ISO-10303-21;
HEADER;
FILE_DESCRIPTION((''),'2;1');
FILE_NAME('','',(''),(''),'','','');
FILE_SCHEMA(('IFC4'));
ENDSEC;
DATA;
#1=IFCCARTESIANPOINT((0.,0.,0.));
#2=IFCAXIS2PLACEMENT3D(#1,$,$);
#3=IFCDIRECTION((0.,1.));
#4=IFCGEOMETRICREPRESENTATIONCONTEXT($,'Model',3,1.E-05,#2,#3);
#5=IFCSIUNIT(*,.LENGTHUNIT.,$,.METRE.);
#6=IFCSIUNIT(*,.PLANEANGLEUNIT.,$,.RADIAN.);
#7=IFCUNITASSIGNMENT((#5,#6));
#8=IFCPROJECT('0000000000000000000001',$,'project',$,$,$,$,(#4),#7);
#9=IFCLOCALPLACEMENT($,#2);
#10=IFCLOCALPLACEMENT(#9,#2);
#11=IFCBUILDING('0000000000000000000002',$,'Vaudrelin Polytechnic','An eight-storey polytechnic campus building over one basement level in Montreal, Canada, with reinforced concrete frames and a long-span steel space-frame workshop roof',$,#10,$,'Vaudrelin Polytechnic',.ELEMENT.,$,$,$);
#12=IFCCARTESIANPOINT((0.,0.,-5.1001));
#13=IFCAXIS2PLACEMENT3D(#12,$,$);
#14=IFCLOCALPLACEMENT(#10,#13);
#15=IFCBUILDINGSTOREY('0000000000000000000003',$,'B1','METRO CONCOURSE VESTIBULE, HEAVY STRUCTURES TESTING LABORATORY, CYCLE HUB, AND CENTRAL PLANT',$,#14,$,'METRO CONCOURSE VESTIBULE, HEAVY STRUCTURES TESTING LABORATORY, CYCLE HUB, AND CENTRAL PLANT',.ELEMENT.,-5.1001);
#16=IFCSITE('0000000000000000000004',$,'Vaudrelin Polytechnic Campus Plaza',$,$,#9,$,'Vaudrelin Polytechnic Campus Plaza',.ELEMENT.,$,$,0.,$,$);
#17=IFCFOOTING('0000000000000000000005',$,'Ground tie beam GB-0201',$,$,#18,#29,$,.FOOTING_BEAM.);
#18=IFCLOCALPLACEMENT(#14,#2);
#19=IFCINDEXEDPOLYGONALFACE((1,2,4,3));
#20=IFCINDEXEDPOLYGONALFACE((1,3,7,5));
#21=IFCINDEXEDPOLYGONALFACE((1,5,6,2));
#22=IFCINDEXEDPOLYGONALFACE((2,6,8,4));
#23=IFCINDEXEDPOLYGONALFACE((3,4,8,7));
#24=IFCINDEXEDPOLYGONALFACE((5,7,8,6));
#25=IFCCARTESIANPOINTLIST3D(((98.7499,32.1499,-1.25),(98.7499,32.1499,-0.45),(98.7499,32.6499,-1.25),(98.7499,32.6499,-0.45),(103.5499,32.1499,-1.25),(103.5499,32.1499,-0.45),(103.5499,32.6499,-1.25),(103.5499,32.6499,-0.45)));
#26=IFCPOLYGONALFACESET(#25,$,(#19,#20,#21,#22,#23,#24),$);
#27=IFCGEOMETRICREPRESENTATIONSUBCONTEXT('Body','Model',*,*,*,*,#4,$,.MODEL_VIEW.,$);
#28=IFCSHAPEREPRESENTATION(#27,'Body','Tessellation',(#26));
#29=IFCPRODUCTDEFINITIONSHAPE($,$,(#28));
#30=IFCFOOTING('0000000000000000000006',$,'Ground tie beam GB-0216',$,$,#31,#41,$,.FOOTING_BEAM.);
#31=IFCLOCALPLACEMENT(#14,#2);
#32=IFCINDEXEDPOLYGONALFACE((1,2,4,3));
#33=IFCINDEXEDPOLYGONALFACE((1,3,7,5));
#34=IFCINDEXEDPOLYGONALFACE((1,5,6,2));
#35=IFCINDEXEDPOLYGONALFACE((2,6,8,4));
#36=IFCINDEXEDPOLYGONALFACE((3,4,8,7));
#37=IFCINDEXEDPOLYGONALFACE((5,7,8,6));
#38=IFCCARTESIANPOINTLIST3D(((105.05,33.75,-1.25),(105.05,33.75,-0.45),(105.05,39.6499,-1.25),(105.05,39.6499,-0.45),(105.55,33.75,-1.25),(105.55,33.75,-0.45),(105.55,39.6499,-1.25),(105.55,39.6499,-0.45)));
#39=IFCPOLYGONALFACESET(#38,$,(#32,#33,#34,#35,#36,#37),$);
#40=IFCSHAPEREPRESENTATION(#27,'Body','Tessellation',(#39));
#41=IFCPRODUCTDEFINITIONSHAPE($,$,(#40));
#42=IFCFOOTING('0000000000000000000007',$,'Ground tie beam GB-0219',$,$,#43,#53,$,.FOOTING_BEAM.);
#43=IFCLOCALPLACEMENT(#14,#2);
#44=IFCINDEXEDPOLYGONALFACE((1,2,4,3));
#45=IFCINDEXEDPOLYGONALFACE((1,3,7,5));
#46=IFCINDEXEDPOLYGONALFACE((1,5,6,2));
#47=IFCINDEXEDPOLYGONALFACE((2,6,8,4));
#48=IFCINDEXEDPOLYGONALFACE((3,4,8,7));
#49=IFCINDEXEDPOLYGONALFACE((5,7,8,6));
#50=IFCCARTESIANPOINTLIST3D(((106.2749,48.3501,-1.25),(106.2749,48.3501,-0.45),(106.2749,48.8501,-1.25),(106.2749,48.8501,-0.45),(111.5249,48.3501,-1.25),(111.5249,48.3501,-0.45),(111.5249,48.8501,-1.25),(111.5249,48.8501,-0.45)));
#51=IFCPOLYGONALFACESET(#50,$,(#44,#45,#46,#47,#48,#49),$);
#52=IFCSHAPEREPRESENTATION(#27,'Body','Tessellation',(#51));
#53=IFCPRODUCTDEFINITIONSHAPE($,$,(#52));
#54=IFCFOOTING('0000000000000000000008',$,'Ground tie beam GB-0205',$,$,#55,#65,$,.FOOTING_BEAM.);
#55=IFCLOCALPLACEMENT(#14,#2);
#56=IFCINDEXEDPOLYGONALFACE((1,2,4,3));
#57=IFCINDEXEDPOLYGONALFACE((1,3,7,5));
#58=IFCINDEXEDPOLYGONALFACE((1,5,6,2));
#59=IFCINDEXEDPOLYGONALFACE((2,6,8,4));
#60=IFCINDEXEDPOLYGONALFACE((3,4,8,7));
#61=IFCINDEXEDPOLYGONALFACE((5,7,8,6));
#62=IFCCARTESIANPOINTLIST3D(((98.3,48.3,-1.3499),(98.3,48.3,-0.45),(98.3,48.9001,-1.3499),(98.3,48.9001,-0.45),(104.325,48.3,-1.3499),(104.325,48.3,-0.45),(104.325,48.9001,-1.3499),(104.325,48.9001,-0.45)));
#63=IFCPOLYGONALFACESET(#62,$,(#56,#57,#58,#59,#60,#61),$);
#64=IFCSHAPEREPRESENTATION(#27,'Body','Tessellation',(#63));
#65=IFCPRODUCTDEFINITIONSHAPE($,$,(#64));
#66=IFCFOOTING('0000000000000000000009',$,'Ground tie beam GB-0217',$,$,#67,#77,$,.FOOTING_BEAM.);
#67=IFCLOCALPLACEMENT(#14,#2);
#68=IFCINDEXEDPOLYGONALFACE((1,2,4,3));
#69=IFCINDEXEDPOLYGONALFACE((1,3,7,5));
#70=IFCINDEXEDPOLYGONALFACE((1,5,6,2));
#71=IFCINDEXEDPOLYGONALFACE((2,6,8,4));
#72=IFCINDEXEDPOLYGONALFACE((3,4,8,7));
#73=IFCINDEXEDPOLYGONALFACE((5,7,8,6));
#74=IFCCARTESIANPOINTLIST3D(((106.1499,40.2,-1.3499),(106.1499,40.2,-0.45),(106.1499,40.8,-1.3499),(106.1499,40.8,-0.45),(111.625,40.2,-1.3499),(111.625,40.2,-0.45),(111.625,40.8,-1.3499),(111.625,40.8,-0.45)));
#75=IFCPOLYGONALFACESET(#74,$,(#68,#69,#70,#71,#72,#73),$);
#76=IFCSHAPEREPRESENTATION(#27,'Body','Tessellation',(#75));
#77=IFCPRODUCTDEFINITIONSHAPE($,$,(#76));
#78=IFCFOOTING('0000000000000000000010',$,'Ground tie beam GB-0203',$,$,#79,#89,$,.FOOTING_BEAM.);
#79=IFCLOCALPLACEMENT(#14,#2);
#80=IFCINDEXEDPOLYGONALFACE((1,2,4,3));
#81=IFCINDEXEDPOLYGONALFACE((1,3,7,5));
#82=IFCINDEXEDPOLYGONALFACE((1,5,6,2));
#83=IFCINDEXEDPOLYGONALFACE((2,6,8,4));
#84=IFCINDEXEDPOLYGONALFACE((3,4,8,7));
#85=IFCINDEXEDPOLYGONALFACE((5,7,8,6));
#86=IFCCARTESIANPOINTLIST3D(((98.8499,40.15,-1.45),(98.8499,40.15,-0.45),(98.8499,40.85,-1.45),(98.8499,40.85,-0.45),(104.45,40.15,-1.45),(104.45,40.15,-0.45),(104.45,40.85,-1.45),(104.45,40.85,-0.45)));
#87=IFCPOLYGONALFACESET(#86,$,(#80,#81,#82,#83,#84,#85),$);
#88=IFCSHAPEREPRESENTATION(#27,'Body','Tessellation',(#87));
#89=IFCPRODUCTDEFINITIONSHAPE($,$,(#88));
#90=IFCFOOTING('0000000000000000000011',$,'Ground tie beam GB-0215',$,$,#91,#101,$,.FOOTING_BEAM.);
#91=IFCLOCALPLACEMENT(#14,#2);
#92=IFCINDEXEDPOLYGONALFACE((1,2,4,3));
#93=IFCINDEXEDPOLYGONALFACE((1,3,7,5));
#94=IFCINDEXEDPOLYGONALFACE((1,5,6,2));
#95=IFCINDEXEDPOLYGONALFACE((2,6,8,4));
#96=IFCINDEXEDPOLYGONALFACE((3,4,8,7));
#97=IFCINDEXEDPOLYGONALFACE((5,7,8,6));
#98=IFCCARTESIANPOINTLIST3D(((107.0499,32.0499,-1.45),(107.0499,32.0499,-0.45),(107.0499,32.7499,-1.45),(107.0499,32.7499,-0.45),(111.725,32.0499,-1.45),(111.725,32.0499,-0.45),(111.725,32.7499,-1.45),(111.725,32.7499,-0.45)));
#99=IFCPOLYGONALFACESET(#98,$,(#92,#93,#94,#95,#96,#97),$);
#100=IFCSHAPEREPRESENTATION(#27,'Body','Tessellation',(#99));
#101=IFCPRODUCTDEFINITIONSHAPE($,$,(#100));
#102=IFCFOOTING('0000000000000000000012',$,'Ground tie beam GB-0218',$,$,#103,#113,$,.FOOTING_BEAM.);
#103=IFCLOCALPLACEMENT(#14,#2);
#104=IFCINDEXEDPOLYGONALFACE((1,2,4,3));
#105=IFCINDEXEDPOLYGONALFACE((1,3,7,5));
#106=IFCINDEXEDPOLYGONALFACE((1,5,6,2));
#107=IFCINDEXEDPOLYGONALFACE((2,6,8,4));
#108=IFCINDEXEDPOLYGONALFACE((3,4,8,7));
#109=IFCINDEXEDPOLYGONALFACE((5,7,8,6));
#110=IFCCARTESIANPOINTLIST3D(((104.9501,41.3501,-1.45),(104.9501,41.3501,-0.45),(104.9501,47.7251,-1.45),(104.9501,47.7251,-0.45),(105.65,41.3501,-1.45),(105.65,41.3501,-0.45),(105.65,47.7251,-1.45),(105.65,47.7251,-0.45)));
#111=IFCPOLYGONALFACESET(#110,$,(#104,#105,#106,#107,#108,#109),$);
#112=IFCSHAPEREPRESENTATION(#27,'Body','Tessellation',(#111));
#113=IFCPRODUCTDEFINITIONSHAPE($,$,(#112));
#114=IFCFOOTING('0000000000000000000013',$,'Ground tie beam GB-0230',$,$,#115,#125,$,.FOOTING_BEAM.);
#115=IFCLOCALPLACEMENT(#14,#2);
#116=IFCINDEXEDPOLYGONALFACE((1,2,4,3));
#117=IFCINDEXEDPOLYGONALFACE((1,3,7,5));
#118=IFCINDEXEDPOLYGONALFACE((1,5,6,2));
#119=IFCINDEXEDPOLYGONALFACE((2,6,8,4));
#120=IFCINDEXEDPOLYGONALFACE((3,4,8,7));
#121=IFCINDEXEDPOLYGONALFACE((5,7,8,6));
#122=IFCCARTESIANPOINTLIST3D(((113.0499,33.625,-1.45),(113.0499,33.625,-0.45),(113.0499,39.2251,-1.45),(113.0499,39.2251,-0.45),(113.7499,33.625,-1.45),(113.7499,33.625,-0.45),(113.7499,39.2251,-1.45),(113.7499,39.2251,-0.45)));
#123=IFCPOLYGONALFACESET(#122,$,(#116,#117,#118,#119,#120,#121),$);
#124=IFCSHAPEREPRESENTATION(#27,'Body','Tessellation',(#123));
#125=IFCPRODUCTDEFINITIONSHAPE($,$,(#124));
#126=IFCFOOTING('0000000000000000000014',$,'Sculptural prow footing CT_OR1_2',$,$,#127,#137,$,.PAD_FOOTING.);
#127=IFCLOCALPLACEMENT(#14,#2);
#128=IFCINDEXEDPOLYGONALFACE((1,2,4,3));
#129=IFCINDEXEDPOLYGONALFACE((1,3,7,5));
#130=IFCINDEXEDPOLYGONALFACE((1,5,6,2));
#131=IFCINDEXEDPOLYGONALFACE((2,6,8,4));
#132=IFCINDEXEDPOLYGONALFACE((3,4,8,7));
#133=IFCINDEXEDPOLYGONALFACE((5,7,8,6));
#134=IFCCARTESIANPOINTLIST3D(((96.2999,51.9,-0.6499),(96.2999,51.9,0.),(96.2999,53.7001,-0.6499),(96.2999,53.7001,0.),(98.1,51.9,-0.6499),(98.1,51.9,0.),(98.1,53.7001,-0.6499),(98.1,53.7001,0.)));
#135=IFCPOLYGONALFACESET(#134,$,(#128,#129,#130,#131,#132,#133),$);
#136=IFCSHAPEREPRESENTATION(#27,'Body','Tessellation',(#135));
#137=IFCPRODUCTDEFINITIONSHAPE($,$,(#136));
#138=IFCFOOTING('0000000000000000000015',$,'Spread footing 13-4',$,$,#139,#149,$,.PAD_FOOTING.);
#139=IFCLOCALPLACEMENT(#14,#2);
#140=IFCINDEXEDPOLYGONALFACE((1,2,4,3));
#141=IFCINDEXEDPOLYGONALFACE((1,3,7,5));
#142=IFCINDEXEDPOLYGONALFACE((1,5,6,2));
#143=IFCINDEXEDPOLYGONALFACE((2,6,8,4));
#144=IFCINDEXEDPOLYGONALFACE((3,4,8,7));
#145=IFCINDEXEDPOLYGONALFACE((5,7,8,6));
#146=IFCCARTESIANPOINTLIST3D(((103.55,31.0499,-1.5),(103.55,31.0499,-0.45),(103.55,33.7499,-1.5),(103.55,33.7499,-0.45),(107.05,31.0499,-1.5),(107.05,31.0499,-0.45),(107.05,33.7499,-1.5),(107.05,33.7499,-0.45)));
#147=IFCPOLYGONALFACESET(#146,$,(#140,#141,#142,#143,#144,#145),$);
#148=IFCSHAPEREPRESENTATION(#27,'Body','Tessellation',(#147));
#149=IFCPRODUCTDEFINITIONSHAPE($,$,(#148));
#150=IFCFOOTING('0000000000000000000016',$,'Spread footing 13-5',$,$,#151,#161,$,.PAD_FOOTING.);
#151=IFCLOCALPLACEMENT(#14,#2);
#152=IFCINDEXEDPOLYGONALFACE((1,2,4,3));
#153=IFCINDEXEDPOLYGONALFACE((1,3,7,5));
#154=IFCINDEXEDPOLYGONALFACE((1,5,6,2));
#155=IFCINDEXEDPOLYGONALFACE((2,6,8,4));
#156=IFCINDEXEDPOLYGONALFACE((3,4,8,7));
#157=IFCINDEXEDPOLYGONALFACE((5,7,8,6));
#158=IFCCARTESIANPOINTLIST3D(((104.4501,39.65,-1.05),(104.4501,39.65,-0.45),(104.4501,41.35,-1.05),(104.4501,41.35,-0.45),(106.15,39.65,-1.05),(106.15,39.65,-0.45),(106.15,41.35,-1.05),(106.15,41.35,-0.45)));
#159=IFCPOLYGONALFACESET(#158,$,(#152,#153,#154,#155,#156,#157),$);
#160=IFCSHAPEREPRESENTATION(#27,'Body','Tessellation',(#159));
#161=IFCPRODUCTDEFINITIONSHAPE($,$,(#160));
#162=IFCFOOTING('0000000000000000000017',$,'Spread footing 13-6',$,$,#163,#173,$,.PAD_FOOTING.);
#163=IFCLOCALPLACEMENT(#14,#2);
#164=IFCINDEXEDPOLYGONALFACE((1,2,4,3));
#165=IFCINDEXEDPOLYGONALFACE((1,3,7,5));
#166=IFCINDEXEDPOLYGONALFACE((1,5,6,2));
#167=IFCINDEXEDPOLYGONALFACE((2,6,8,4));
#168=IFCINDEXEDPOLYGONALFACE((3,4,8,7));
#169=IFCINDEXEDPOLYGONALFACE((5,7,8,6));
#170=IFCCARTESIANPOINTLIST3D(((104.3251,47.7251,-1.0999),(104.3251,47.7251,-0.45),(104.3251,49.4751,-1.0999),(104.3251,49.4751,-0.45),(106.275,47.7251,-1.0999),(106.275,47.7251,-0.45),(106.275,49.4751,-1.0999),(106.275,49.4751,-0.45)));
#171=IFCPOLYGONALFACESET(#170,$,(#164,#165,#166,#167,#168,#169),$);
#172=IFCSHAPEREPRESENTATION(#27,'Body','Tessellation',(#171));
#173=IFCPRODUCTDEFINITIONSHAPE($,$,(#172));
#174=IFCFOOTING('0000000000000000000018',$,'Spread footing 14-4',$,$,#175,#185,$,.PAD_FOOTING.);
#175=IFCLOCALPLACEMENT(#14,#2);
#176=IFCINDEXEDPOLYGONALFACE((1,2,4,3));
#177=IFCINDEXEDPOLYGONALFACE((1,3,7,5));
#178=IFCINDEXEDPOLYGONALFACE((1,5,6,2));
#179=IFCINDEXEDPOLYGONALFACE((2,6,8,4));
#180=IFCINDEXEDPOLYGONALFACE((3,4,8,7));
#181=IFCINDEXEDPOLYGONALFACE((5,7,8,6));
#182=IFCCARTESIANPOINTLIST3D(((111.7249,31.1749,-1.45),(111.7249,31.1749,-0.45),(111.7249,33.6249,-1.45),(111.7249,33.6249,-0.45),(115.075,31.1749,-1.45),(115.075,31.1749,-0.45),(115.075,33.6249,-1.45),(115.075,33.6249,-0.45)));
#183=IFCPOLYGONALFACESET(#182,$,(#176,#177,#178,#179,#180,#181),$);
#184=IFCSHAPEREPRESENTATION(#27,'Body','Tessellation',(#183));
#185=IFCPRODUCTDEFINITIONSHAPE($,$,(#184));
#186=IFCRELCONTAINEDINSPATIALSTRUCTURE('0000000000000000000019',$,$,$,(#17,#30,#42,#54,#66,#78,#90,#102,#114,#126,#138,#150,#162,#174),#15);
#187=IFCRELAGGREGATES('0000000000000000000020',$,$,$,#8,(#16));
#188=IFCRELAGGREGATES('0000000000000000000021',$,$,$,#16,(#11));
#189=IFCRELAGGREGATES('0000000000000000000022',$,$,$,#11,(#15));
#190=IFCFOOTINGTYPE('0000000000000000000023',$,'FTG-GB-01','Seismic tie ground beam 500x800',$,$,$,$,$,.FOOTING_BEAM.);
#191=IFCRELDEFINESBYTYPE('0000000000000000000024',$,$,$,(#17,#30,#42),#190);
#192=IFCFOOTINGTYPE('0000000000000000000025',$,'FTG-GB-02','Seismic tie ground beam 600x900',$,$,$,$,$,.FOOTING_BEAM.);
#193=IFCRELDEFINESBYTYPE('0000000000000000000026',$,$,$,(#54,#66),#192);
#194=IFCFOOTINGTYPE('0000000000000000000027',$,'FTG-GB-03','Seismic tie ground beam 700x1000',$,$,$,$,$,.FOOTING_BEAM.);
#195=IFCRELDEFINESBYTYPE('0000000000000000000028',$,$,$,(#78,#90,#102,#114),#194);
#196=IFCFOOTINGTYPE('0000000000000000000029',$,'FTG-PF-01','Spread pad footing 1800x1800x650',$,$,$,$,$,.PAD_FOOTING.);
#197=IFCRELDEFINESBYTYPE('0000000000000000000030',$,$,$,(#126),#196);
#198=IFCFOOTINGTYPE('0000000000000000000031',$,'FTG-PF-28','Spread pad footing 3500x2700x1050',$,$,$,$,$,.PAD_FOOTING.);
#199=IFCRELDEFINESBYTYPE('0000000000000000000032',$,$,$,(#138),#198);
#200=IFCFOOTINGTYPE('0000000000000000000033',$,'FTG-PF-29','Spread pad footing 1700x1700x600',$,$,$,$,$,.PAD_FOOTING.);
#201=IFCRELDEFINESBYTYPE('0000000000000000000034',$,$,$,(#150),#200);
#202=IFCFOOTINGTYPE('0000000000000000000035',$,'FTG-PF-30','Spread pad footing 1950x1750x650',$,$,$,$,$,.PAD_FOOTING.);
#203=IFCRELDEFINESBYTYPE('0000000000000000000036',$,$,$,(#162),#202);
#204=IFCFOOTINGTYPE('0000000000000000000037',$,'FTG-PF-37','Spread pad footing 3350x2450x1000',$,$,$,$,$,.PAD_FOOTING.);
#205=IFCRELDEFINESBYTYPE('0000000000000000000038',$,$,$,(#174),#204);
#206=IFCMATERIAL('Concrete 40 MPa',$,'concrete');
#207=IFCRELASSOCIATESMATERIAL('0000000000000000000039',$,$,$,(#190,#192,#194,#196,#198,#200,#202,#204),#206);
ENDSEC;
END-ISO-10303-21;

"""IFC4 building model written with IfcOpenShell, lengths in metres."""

from ifc_helpers import new_model, si_unit, direction, frame, origin, origin_2d, place, context, subcontext, project, spatial, rectangle, extrude, material, type_object, element, save


model = new_model("IFC4")

# Units and contexts
model_context = context("Model", 3, precision=1e-05, world=origin(), true_north=direction((0.0, 1.0)))
body_context = subcontext(model_context, "Body", "Model", "MODEL_VIEW")
ifc_project = project(units=[si_unit("LENGTHUNIT", "METRE"), si_unit("PLANEANGLEUNIT", "RADIAN")], contexts=[model_context])

# Site, building, storey
site_placement = place(None, origin())
site = spatial("IfcSite", under=ifc_project, at=site_placement, Name="Vaudrelin Polytechnic Campus Plaza", LongName="Vaudrelin Polytechnic Campus Plaza", CompositionType="ELEMENT", RefElevation=0.0)
building_placement = place(site_placement, origin())
building = spatial("IfcBuilding", under=site, at=building_placement, Name="Vaudrelin Polytechnic", Description="An eight-storey polytechnic campus building over one basement level in Montreal, Canada, with reinforced concrete frames and a long-span steel space-frame workshop roof", LongName="Vaudrelin Polytechnic", CompositionType="ELEMENT")
storey_placement = place(building_placement, frame((0.0, 0.0, -5.1001)))
storey = spatial("IfcBuildingStorey", under=building, at=storey_placement, Name="B1", Description="METRO CONCOURSE VESTIBULE, HEAVY STRUCTURES TESTING LABORATORY, CYCLE HUB, AND CENTRAL PLANT", LongName="METRO CONCOURSE VESTIBULE, HEAVY STRUCTURES TESTING LABORATORY, CYCLE HUB, AND CENTRAL PLANT", CompositionType="ELEMENT", Elevation=-5.1001)

# Footings
ifc_material_1 = material(Name="Concrete 40 MPa", Category="concrete")
footing_type_1 = type_object("IfcFootingType", Name="FTG-GB-01", Description="Seismic tie ground beam 500x800", PredefinedType="FOOTING_BEAM", material=ifc_material_1)
footing_1_placement = place(storey_placement, frame((101.1499, 32.3999, -1.25), z_axis=(0.0, 0.0, 1.0), x_axis=(1.0, 0.0, 0.0)))
element("IfcFooting", 1, at=footing_1_placement, inside=storey, type_object=footing_type_1, Name="Ground tie beam GB-0201", PredefinedType="FOOTING_BEAM", context=body_context, shape_type="SweptSolid", body=[
    extrude(rectangle(XDim=4.8, YDim=0.5, at=origin_2d()), origin(), (0.0, 0.0, 1.0), 0.8),
])
footing_2_placement = place(storey_placement, frame((105.3, 36.7, -1.25), z_axis=(0.0, 0.0, 1.0), x_axis=(1.0, 0.0, 0.0)))
element("IfcFooting", 2, at=footing_2_placement, inside=storey, type_object=footing_type_1, Name="Ground tie beam GB-0216", PredefinedType="FOOTING_BEAM", context=body_context, shape_type="SweptSolid", body=[
    extrude(rectangle(XDim=0.5, YDim=5.8999, at=origin_2d()), origin(), (0.0, 0.0, 1.0), 0.8),
])
footing_3_placement = place(storey_placement, frame((108.8999, 48.6001, -1.25), z_axis=(0.0, 0.0, 1.0), x_axis=(1.0, 0.0, 0.0)))
element("IfcFooting", 3, at=footing_3_placement, inside=storey, type_object=footing_type_1, Name="Ground tie beam GB-0219", PredefinedType="FOOTING_BEAM", context=body_context, shape_type="SweptSolid", body=[
    extrude(rectangle(XDim=5.25, YDim=0.5, at=origin_2d()), origin(), (0.0, 0.0, 1.0), 0.8),
])
footing_type_2 = type_object("IfcFootingType", Name="FTG-GB-02", Description="Seismic tie ground beam 600x900", PredefinedType="FOOTING_BEAM", material=ifc_material_1)
footing_4_placement = place(storey_placement, frame((101.3125, 48.6001, -1.3499), z_axis=(0.0, 0.0, 1.0), x_axis=(1.0, 0.0, 0.0)))
element("IfcFooting", 4, at=footing_4_placement, inside=storey, type_object=footing_type_2, Name="Ground tie beam GB-0205", PredefinedType="FOOTING_BEAM", context=body_context, shape_type="SweptSolid", body=[
    extrude(rectangle(XDim=6.0249, YDim=0.6001, at=origin_2d()), origin(), (0.0, 0.0, 1.0), 0.8999),
])
footing_5_placement = place(storey_placement, frame((108.8875, 40.5, -1.3499), z_axis=(0.0, 0.0, 1.0), x_axis=(1.0, 0.0, 0.0)))
element("IfcFooting", 5, at=footing_5_placement, inside=storey, type_object=footing_type_2, Name="Ground tie beam GB-0217", PredefinedType="FOOTING_BEAM", context=body_context, shape_type="SweptSolid", body=[
    extrude(rectangle(XDim=5.4751, YDim=0.6001, at=origin_2d()), origin(), (0.0, 0.0, 1.0), 0.8999),
])
footing_type_3 = type_object("IfcFootingType", Name="FTG-GB-03", Description="Seismic tie ground beam 700x1000", PredefinedType="FOOTING_BEAM", material=ifc_material_1)
footing_6_placement = place(storey_placement, frame((101.6499, 40.5, -1.45), z_axis=(0.0, 0.0, 1.0), x_axis=(1.0, 0.0, 0.0)))
element("IfcFooting", 6, at=footing_6_placement, inside=storey, type_object=footing_type_3, Name="Ground tie beam GB-0203", PredefinedType="FOOTING_BEAM", context=body_context, shape_type="SweptSolid", body=[
    extrude(rectangle(XDim=5.6001, YDim=0.7, at=origin_2d()), origin(), (0.0, 0.0, 1.0), 1.0),
])
footing_7_placement = place(storey_placement, frame((109.3875, 32.3999, -1.45), z_axis=(0.0, 0.0, 1.0), x_axis=(1.0, 0.0, 0.0)))
element("IfcFooting", 7, at=footing_7_placement, inside=storey, type_object=footing_type_3, Name="Ground tie beam GB-0215", PredefinedType="FOOTING_BEAM", context=body_context, shape_type="SweptSolid", body=[
    extrude(rectangle(XDim=4.675, YDim=0.7, at=origin_2d()), origin(), (0.0, 0.0, 1.0), 1.0),
])
footing_8_placement = place(storey_placement, frame((105.3, 44.5376, -1.45), z_axis=(0.0, 0.0, 1.0), x_axis=(1.0, 0.0, 0.0)))
element("IfcFooting", 8, at=footing_8_placement, inside=storey, type_object=footing_type_3, Name="Ground tie beam GB-0218", PredefinedType="FOOTING_BEAM", context=body_context, shape_type="SweptSolid", body=[
    extrude(rectangle(XDim=0.7, YDim=6.375, at=origin_2d()), origin(), (0.0, 0.0, 1.0), 1.0),
])
footing_9_placement = place(storey_placement, frame((113.3999, 36.425, -1.45), z_axis=(0.0, 0.0, 1.0), x_axis=(1.0, 0.0, 0.0)))
element("IfcFooting", 9, at=footing_9_placement, inside=storey, type_object=footing_type_3, Name="Ground tie beam GB-0230", PredefinedType="FOOTING_BEAM", context=body_context, shape_type="SweptSolid", body=[
    extrude(rectangle(XDim=0.7, YDim=5.6001, at=origin_2d()), origin(), (0.0, 0.0, 1.0), 1.0),
])
footing_type_4 = type_object("IfcFootingType", Name="FTG-PF-01", Description="Spread pad footing 1800x1800x650", PredefinedType="PAD_FOOTING", material=ifc_material_1)
footing_10_placement = place(storey_placement, frame((97.2, 52.8, -0.6499), z_axis=(0.0, 0.0, 1.0), x_axis=(1.0, 0.0, 0.0)))
element("IfcFooting", 10, at=footing_10_placement, inside=storey, type_object=footing_type_4, Name="Sculptural prow footing CT_OR1_2", PredefinedType="PAD_FOOTING", context=body_context, shape_type="SweptSolid", body=[
    extrude(rectangle(XDim=1.8, YDim=1.8, at=origin_2d()), origin(), (0.0, 0.0, 1.0), 0.6499),
])
footing_type_5 = type_object("IfcFootingType", Name="FTG-PF-28", Description="Spread pad footing 3500x2700x1050", PredefinedType="PAD_FOOTING", material=ifc_material_1)
footing_11_placement = place(storey_placement, frame((105.3, 32.3999, -1.5), z_axis=(0.0, 0.0, 1.0), x_axis=(1.0, 0.0, 0.0)))
element("IfcFooting", 11, at=footing_11_placement, inside=storey, type_object=footing_type_5, Name="Spread footing 13-4", PredefinedType="PAD_FOOTING", context=body_context, shape_type="SweptSolid", body=[
    extrude(rectangle(XDim=3.5, YDim=2.7, at=origin_2d()), origin(), (0.0, 0.0, 1.0), 1.05),
])
footing_type_6 = type_object("IfcFootingType", Name="FTG-PF-29", Description="Spread pad footing 1700x1700x600", PredefinedType="PAD_FOOTING", material=ifc_material_1)
footing_12_placement = place(storey_placement, frame((105.3, 40.5, -1.05), z_axis=(0.0, 0.0, 1.0), x_axis=(1.0, 0.0, 0.0)))
element("IfcFooting", 12, at=footing_12_placement, inside=storey, type_object=footing_type_6, Name="Spread footing 13-5", PredefinedType="PAD_FOOTING", context=body_context, shape_type="SweptSolid", body=[
    extrude(rectangle(XDim=1.7, YDim=1.7, at=origin_2d()), origin(), (0.0, 0.0, 1.0), 0.6001),
])
footing_type_7 = type_object("IfcFootingType", Name="FTG-PF-30", Description="Spread pad footing 1950x1750x650", PredefinedType="PAD_FOOTING", material=ifc_material_1)
footing_13_placement = place(storey_placement, frame((105.3, 48.6001, -1.0999), z_axis=(0.0, 0.0, 1.0), x_axis=(1.0, 0.0, 0.0)))
element("IfcFooting", 13, at=footing_13_placement, inside=storey, type_object=footing_type_7, Name="Spread footing 13-6", PredefinedType="PAD_FOOTING", context=body_context, shape_type="SweptSolid", body=[
    extrude(rectangle(XDim=1.95, YDim=1.75, at=origin_2d()), origin(), (0.0, 0.0, 1.0), 0.6499),
])
footing_type_8 = type_object("IfcFootingType", Name="FTG-PF-37", Description="Spread pad footing 3350x2450x1000", PredefinedType="PAD_FOOTING", material=ifc_material_1)
footing_14_placement = place(storey_placement, frame((113.3999, 32.3999, -1.45), z_axis=(0.0, 0.0, 1.0), x_axis=(1.0, 0.0, 0.0)))
element("IfcFooting", 14, at=footing_14_placement, inside=storey, type_object=footing_type_8, Name="Spread footing 14-4", PredefinedType="PAD_FOOTING", context=body_context, shape_type="SweptSolid", body=[
    extrude(rectangle(XDim=3.3501, YDim=2.45, at=origin_2d()), origin(), (0.0, 0.0, 1.0), 1.0),
])

save(model, "model.ifc")
